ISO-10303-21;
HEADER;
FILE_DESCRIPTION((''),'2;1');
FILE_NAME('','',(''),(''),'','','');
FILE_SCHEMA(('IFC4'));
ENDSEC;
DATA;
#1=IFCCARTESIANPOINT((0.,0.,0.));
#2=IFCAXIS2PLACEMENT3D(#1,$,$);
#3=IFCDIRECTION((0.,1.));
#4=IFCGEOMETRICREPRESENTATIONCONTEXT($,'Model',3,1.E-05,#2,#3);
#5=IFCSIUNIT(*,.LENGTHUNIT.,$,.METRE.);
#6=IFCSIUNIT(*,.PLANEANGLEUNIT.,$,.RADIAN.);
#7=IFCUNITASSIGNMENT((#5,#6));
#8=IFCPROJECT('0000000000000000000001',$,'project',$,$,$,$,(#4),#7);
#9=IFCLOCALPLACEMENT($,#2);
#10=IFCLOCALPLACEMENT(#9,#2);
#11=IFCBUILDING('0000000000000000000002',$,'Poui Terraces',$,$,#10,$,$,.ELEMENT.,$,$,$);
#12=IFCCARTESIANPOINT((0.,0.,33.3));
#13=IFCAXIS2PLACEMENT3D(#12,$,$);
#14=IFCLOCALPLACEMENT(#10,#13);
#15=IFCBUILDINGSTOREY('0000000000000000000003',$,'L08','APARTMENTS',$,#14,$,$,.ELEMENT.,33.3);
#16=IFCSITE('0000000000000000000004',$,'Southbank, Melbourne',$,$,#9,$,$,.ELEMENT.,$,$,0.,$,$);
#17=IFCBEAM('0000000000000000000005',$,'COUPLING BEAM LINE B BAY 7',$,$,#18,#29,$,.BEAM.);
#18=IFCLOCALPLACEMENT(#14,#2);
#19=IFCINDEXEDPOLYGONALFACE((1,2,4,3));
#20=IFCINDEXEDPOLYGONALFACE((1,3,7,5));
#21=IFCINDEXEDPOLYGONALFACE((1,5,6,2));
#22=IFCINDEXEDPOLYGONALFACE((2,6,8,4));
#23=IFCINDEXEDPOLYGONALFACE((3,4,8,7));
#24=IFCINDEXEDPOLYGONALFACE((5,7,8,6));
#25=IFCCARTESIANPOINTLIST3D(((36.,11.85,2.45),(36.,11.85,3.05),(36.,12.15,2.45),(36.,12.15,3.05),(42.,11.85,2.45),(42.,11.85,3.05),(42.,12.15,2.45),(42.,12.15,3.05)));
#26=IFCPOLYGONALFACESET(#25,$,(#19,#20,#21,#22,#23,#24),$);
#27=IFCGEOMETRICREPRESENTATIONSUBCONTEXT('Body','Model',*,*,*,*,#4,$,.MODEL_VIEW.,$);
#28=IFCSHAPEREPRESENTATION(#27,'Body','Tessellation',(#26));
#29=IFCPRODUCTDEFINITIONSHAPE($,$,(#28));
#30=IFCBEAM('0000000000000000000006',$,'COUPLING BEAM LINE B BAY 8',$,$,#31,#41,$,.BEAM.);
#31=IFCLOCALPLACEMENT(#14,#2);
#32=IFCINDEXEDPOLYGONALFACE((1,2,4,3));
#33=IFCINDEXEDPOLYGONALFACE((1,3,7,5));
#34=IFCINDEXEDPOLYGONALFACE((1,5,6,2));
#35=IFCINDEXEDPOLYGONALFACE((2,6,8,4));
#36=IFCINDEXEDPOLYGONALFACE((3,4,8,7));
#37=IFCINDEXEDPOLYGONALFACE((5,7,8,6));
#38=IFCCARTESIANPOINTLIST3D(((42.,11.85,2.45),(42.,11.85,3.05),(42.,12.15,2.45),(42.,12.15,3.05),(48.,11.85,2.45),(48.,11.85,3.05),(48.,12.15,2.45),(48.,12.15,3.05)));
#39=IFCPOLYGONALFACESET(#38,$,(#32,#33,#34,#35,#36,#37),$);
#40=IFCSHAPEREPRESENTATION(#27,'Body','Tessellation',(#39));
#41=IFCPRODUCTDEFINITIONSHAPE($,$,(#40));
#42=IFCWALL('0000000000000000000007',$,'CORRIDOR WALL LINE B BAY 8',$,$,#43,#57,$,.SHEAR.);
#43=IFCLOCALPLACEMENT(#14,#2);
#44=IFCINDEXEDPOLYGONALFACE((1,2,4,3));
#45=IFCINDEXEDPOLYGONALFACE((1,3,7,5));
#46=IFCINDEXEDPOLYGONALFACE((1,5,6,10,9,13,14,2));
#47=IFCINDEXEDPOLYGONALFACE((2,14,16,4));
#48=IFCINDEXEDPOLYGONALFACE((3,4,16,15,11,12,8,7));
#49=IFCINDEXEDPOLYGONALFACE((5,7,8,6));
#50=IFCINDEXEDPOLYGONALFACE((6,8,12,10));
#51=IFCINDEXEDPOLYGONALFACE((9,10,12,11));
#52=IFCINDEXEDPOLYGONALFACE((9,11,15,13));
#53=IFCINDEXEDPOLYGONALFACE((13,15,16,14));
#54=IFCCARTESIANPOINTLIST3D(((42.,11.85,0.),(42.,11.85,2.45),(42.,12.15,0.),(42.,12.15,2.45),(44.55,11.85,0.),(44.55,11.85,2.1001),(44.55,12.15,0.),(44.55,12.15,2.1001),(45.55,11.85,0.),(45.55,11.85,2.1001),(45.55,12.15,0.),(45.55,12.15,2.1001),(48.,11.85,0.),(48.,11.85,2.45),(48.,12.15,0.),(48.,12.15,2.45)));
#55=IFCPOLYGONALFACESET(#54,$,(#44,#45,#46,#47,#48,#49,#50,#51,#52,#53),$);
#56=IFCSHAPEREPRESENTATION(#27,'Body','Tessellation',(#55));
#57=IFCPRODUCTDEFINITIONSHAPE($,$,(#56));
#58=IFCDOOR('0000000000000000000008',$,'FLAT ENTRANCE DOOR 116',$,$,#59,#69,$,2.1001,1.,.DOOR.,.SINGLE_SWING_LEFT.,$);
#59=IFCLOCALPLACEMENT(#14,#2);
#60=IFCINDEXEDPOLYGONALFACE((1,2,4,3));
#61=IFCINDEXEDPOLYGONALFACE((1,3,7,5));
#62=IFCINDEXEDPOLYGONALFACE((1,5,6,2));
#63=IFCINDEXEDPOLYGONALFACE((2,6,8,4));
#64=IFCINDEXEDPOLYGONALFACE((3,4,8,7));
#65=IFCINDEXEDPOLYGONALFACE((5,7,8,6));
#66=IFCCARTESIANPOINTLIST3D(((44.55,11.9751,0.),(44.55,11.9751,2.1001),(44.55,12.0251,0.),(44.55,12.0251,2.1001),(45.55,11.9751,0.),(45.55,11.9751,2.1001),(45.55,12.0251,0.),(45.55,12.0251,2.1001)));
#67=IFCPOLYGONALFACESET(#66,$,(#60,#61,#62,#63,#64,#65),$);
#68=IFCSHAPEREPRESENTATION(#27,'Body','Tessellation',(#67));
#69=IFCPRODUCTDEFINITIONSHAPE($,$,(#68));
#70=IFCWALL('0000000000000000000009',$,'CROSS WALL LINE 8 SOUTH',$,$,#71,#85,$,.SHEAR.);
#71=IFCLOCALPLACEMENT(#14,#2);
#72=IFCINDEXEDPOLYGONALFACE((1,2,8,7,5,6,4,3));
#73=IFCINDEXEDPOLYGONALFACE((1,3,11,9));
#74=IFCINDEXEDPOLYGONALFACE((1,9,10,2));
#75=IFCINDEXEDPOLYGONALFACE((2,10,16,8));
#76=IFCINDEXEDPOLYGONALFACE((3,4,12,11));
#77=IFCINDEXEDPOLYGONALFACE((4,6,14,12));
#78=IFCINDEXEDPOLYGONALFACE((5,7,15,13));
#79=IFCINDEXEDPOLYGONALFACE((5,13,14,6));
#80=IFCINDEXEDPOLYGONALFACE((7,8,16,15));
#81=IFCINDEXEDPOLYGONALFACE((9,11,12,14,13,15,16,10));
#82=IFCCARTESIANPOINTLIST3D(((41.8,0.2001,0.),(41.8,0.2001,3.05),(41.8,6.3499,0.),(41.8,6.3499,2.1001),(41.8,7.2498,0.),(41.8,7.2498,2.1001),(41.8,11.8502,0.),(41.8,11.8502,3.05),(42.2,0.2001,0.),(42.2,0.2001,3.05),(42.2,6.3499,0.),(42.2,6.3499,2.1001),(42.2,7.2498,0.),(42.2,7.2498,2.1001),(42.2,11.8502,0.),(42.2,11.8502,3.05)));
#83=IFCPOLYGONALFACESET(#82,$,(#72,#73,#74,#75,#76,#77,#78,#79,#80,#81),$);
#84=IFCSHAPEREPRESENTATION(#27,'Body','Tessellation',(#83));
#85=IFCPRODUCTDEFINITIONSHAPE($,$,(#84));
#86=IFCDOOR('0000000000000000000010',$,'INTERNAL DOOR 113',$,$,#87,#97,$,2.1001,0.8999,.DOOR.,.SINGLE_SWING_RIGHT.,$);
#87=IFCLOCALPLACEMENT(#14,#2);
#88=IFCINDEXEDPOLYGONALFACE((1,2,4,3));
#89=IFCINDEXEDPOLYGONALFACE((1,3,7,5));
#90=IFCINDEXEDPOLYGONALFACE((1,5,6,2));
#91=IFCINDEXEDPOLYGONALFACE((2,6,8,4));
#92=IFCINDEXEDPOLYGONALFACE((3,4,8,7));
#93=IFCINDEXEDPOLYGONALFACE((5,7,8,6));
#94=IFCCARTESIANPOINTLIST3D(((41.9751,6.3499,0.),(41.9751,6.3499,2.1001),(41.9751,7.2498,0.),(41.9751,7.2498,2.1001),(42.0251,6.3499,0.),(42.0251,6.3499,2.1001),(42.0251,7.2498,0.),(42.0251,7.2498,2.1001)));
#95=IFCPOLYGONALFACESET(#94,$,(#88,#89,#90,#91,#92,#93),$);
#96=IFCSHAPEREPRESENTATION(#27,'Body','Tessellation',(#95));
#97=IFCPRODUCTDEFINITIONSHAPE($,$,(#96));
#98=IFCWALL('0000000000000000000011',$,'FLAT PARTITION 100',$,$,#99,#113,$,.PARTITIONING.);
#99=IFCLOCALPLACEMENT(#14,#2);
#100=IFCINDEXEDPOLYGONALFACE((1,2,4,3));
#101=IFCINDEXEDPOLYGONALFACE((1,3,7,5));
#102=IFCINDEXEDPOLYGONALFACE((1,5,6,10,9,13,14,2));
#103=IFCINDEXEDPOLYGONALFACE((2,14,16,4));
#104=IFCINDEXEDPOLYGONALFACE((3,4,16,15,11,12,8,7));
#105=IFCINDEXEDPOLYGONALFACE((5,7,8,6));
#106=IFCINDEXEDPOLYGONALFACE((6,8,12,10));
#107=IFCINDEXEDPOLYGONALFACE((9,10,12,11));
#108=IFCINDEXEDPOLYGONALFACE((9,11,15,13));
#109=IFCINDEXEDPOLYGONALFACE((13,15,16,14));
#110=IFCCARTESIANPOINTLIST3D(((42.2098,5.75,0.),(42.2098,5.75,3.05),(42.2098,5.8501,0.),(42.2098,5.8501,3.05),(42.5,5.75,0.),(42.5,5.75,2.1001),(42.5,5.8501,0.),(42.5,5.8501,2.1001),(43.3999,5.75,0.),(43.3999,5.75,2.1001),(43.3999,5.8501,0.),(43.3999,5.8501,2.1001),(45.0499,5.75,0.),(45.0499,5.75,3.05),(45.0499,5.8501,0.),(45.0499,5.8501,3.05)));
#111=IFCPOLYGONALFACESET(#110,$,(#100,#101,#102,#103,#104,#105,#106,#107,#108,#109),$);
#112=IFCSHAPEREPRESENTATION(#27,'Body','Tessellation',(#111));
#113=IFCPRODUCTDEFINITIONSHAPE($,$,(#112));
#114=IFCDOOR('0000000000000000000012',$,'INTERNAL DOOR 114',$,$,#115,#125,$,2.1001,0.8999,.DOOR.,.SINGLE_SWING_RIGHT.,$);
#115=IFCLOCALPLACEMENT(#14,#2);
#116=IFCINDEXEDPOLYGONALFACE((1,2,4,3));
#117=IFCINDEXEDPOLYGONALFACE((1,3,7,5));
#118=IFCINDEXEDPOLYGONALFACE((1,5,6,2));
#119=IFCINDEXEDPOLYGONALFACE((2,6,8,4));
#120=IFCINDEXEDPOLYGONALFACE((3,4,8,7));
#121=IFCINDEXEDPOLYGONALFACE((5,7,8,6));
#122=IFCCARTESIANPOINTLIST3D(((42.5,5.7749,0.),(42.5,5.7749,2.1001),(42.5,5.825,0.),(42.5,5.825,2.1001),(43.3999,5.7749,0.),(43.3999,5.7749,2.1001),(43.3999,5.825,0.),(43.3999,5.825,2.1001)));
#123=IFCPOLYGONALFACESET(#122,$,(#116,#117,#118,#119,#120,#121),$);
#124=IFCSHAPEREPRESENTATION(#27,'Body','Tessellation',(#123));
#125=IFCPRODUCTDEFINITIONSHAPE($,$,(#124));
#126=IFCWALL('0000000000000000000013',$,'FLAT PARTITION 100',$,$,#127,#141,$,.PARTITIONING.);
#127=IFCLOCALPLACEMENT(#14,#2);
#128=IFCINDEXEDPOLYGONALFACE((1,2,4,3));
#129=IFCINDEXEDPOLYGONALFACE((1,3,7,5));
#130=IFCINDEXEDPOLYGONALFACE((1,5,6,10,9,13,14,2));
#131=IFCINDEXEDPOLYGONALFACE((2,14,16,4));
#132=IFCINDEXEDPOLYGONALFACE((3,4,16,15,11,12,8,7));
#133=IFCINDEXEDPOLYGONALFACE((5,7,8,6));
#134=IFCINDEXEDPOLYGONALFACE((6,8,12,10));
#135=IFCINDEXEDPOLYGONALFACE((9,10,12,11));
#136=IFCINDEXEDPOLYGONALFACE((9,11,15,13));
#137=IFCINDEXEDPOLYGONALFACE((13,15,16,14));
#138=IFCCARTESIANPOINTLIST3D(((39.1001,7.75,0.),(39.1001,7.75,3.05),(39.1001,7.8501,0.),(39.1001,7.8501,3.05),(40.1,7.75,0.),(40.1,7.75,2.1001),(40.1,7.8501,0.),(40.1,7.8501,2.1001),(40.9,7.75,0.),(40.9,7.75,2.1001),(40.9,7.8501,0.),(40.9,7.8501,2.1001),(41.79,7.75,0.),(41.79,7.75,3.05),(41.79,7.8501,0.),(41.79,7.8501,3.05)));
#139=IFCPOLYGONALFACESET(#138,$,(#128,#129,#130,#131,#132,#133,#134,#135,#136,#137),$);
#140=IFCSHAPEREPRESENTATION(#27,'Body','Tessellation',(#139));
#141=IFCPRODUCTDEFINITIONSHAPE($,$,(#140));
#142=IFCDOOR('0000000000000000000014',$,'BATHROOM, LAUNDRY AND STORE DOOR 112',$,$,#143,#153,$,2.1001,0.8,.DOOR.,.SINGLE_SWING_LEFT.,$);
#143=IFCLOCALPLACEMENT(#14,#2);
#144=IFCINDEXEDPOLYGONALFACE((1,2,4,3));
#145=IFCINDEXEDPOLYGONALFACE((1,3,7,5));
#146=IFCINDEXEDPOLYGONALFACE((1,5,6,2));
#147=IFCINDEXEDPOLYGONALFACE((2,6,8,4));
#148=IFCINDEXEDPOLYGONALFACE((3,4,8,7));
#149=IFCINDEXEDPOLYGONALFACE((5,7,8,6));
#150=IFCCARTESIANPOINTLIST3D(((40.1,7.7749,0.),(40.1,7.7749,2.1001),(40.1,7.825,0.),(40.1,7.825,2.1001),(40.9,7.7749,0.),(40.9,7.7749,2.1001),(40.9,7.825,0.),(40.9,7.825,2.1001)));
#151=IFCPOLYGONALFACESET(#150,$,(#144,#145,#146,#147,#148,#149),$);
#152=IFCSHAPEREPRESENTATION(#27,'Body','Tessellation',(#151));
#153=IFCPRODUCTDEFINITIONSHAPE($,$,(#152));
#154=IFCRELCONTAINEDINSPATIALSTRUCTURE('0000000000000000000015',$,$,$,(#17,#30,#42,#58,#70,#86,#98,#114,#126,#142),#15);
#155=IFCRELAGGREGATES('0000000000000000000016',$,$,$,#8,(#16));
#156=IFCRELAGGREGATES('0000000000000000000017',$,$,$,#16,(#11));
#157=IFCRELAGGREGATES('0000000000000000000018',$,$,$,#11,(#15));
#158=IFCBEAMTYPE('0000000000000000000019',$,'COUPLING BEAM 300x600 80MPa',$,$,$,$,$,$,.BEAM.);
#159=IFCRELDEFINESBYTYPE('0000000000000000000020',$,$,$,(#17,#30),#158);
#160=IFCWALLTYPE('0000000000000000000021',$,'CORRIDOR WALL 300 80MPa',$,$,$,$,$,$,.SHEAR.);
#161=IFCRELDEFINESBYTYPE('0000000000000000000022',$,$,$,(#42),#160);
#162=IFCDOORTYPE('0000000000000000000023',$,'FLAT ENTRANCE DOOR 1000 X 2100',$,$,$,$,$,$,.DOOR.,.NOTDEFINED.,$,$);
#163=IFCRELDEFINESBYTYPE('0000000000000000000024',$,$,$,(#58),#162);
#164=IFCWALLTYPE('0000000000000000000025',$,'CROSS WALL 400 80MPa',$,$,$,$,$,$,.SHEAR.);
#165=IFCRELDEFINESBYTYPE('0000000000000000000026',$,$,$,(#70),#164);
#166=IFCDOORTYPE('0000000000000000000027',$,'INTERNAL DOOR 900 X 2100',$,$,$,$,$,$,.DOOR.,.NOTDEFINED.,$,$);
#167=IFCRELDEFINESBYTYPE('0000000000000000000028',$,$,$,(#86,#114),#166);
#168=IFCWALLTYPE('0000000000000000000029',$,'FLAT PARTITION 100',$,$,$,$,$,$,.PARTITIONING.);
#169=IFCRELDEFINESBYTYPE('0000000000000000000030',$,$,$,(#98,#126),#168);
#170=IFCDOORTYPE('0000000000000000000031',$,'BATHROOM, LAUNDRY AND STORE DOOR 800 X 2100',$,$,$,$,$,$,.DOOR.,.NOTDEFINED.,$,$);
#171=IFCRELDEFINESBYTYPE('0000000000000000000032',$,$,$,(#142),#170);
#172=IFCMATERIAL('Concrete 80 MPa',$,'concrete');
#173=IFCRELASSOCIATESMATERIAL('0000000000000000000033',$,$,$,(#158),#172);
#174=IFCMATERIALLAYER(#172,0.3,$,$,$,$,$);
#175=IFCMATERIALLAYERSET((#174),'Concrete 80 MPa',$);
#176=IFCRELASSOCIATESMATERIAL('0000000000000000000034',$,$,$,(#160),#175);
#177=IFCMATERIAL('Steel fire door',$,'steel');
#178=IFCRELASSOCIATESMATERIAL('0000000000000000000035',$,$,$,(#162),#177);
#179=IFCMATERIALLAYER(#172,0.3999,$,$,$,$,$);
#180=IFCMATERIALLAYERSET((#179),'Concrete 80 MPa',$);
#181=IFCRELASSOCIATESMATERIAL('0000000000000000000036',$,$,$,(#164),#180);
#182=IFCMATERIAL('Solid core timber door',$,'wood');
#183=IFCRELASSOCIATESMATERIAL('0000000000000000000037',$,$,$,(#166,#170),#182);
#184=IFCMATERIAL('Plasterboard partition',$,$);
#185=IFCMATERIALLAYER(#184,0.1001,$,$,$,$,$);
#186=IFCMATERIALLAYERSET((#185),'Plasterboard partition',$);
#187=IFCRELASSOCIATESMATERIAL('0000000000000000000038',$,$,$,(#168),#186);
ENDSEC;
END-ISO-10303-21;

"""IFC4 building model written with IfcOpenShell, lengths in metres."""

from ifc_helpers import new_model, si_unit, direction, frame, frame_2d, origin, origin_2d, place, context, subcontext, project, spatial, rectangle, extrude, source, transform, mapped, material, layer, layer_set, material_profile, profile_set, type_object, element, fill, save


model = new_model("IFC4")

# Units and contexts
model_context = context("Model", 3, precision=1e-05, world=origin(), true_north=direction((0.0, 1.0)))
body_context = subcontext(model_context, "Body", "Model", "MODEL_VIEW")
ifc_project = project(units=[si_unit("LENGTHUNIT", "METRE"), si_unit("PLANEANGLEUNIT", "RADIAN")], contexts=[model_context])

# Site, building, storey
site_placement = place(None, origin())
site = spatial("IfcSite", under=ifc_project, at=site_placement, Name="Southbank, Melbourne", CompositionType="ELEMENT", RefElevation=0.0)
building_placement = place(site_placement, origin())
building = spatial("IfcBuilding", under=site, at=building_placement, Name="Poui Terraces", CompositionType="ELEMENT")
storey_placement = place(building_placement, frame((0.0, 0.0, 33.3)))
storey = spatial("IfcBuildingStorey", under=building, at=storey_placement, Name="L08", Description="APARTMENTS", CompositionType="ELEMENT", Elevation=33.3)

# Beams
ifc_material_1 = material(Name="Concrete 80 MPa", Category="concrete")
ifc_material_profile = material_profile(ifc_material_1, rectangle(XDim=0.3, YDim=0.6001, at=origin_2d()), Name="RC 300x600")
ifc_profile_set = profile_set([ifc_material_profile], Name="Concrete 80 MPa")
beam_type = type_object("IfcBeamType", Name="COUPLING BEAM 300x600 80MPa", PredefinedType="BEAM", material=ifc_profile_set)
shared_shape_1 = source(origin(), body_context, "Body", "SweptSolid", [
    extrude(rectangle(XDim=0.3, YDim=0.6001, at=origin_2d()), origin(), (0.0, 0.0, 1.0), 6.0),
])
for number, where, z_axis, x_axis, name in (
    (1, (36.0, 12.0, 2.75), (1.0, 0.0, 0.0), (0.0, 1.0, 0.0), "COUPLING BEAM LINE B BAY 7"),
    (2, (42.0, 12.0, 2.75), (1.0, 0.0, 0.0), (0.0, 1.0, 0.0), "COUPLING BEAM LINE B BAY 8"),
):
    element("IfcBeam", number, at=place(storey_placement, frame(where, z_axis=z_axis, x_axis=x_axis)), inside=storey, type_object=beam_type, Name=name, PredefinedType="BEAM", context=body_context, shape_type="MappedRepresentation", body=[
        mapped(shared_shape_1, transform((0.0, 0.0, 0.0))),
    ])

# Walls, openings, doors
ifc_layer_1 = layer(ifc_material_1, 0.3)
ifc_layer_set_1 = layer_set([ifc_layer_1], Name="Concrete 80 MPa")
wall_type_1 = type_object("IfcWallType", Name="CORRIDOR WALL 300 80MPa", PredefinedType="SHEAR", material=ifc_layer_set_1)
wall_1_placement = place(storey_placement, frame((42.0, 12.0, 0.0), z_axis=(0.0, 0.0, 1.0), x_axis=(1.0, 0.0, 0.0)))
wall_1 = element("IfcWall", 3, at=wall_1_placement, inside=storey, type_object=wall_type_1, Name="CORRIDOR WALL LINE B BAY 8", PredefinedType="SHEAR", context=body_context, shape_type="SweptSolid", body=[
    extrude(rectangle(XDim=6.0, YDim=0.3, at=frame_2d((3.0, 0.0))), origin(), (0.0, 0.0, 1.0), 2.45),
])
opening_1_placement = place(wall_1_placement, frame((2.55, 0.0, 0.0)))
opening_1 = element("IfcOpeningElement", 4, at=opening_1_placement, cuts=wall_1, PredefinedType="OPENING", context=body_context, shape_type="SweptSolid", body=[
    extrude(rectangle(XDim=1.0, YDim=2.1001, at=frame_2d((0.5, 1.05))), frame((0.0, 0.1602, 0.0), z_axis=(0.0, -1.0, 0.0), x_axis=(1.0, 0.0, 0.0)), (0.0, 0.0, 1.0), 0.3201),
])
ifc_material_2 = material(Name="Steel fire door", Category="steel")
door_type_1 = type_object("IfcDoorType", Name="FLAT ENTRANCE DOOR 1000 X 2100", OperationType="NOTDEFINED", PredefinedType="DOOR", material=ifc_material_2)
door_1_placement = place(opening_1_placement, frame((1.0, 0.0, 0.0), z_axis=(0.0, 0.0, 1.0), x_axis=(-1.0, 0.0, 0.0)))
door_1 = element("IfcDoor", 5, at=door_1_placement, inside=storey, type_object=door_type_1, Name="FLAT ENTRANCE DOOR 116", OperationType="SINGLE_SWING_LEFT", OverallHeight=2.1001, OverallWidth=1.0, PredefinedType="DOOR", context=body_context, shape_type="SweptSolid", body=[
    extrude(rectangle(XDim=1.0, YDim=2.1001, at=frame_2d((0.5, 1.05))), frame((0.0, 0.0249, 0.0), z_axis=(0.0, -1.0, 0.0), x_axis=(1.0, 0.0, 0.0)), (0.0, 0.0, 1.0), 0.05),
])
fill(opening_1, door_1)
ifc_layer_2 = layer(ifc_material_1, 0.3999)
ifc_layer_set_2 = layer_set([ifc_layer_2], Name="Concrete 80 MPa")
wall_type_2 = type_object("IfcWallType", Name="CROSS WALL 400 80MPa", PredefinedType="SHEAR", material=ifc_layer_set_2)
wall_2_placement = place(storey_placement, frame((42.0, 0.2, 0.0), z_axis=(0.0, 0.0, 1.0), x_axis=(0.0, 1.0, 0.0)))
wall_2 = element("IfcWall", 6, at=wall_2_placement, inside=storey, type_object=wall_type_2, Name="CROSS WALL LINE 8 SOUTH", PredefinedType="SHEAR", context=body_context, shape_type="SweptSolid", body=[
    extrude(rectangle(XDim=11.6501, YDim=0.3999, at=frame_2d((5.8252, 0.0))), origin(), (0.0, 0.0, 1.0), 3.05),
])
opening_2_placement = place(wall_2_placement, frame((6.1499, 0.0, 0.0)))
opening_2 = element("IfcOpeningElement", 7, at=opening_2_placement, cuts=wall_2, PredefinedType="OPENING", context=body_context, shape_type="SweptSolid", body=[
    extrude(rectangle(XDim=0.8999, YDim=2.1001, at=frame_2d((0.45, 1.05))), frame((0.0, 0.21, 0.0), z_axis=(0.0, -1.0, 0.0), x_axis=(1.0, 0.0, 0.0)), (0.0, 0.0, 1.0), 0.4199),
])
ifc_material_3 = material(Name="Solid core timber door", Category="wood")
door_type_2 = type_object("IfcDoorType", Name="INTERNAL DOOR 900 X 2100", OperationType="NOTDEFINED", PredefinedType="DOOR", material=ifc_material_3)
door_2_placement = place(opening_2_placement, origin())
door_2 = element("IfcDoor", 8, at=door_2_placement, inside=storey, type_object=door_type_2, Name="INTERNAL DOOR 113", OperationType="SINGLE_SWING_RIGHT", OverallHeight=2.1001, OverallWidth=0.8999, PredefinedType="DOOR", context=body_context, shape_type="SweptSolid", body=[
    extrude(rectangle(XDim=0.8999, YDim=2.1001, at=frame_2d((0.45, 1.05))), frame((0.0, 0.0249, 0.0), z_axis=(0.0, -1.0, 0.0), x_axis=(1.0, 0.0, 0.0)), (0.0, 0.0, 1.0), 0.05),
])
fill(opening_2, door_2)
ifc_material_4 = material(Name="Plasterboard partition")
ifc_layer_3 = layer(ifc_material_4, 0.1001)
ifc_layer_set_3 = layer_set([ifc_layer_3], Name="Plasterboard partition")
wall_type_3 = type_object("IfcWallType", Name="FLAT PARTITION 100", PredefinedType="PARTITIONING", material=ifc_layer_set_3)
wall_3_placement = place(storey_placement, frame((42.21, 5.8, 0.0), z_axis=(0.0, 0.0, 1.0), x_axis=(1.0, 0.0, 0.0)))
wall_3 = element("IfcWall", 9, at=wall_3_placement, inside=storey, type_object=wall_type_3, Name="FLAT PARTITION 100", PredefinedType="PARTITIONING", context=body_context, shape_type="SweptSolid", body=[
    extrude(rectangle(XDim=2.8401, YDim=0.1001, at=frame_2d((1.4199, 0.0))), origin(), (0.0, 0.0, 1.0), 3.05),
])
opening_3_placement = place(wall_3_placement, frame((0.29, 0.0, 0.0)))
opening_3 = element("IfcOpeningElement", 10, at=opening_3_placement, cuts=wall_3, PredefinedType="OPENING", context=body_context, shape_type="SweptSolid", body=[
    extrude(rectangle(XDim=0.8999, YDim=2.1001, at=frame_2d((0.45, 1.05))), frame((0.0, 0.0601, 0.0), z_axis=(0.0, -1.0, 0.0), x_axis=(1.0, 0.0, 0.0)), (0.0, 0.0, 1.0), 0.1201),
])
door_3_placement = place(opening_3_placement, origin())
door_3 = element("IfcDoor", 11, at=door_3_placement, inside=storey, type_object=door_type_2, Name="INTERNAL DOOR 114", OperationType="SINGLE_SWING_RIGHT", OverallHeight=2.1001, OverallWidth=0.8999, PredefinedType="DOOR", context=body_context, shape_type="SweptSolid", body=[
    extrude(rectangle(XDim=0.8999, YDim=2.1001, at=frame_2d((0.45, 1.05))), frame((0.0, 0.0249, 0.0), z_axis=(0.0, -1.0, 0.0), x_axis=(1.0, 0.0, 0.0)), (0.0, 0.0, 1.0), 0.05),
])
fill(opening_3, door_3)
wall_4_placement = place(storey_placement, frame((39.1001, 7.8, 0.0), z_axis=(0.0, 0.0, 1.0), x_axis=(1.0, 0.0, 0.0)))
wall_4 = element("IfcWall", 12, at=wall_4_placement, inside=storey, type_object=wall_type_3, Name="FLAT PARTITION 100", PredefinedType="PARTITIONING", context=body_context, shape_type="SweptSolid", body=[
    extrude(rectangle(XDim=2.6899, YDim=0.1001, at=frame_2d((1.345, 0.0))), origin(), (0.0, 0.0, 1.0), 3.05),
])
opening_4_placement = place(wall_4_placement, frame((1.0, 0.0, 0.0)))
opening_4 = element("IfcOpeningElement", 13, at=opening_4_placement, cuts=wall_4, PredefinedType="OPENING", context=body_context, shape_type="SweptSolid", body=[
    extrude(rectangle(XDim=0.8, YDim=2.1001, at=frame_2d((0.3999, 1.05))), frame((0.0, 0.0601, 0.0), z_axis=(0.0, -1.0, 0.0), x_axis=(1.0, 0.0, 0.0)), (0.0, 0.0, 1.0), 0.1201),
])
door_type_3 = type_object("IfcDoorType", Name="BATHROOM, LAUNDRY AND STORE DOOR 800 X 2100", OperationType="NOTDEFINED", PredefinedType="DOOR", material=ifc_material_3)
door_4_placement = place(opening_4_placement, origin())
door_4 = element("IfcDoor", 14, at=door_4_placement, inside=storey, type_object=door_type_3, Name="BATHROOM, LAUNDRY AND STORE DOOR 112", OperationType="SINGLE_SWING_LEFT", OverallHeight=2.1001, OverallWidth=0.8, PredefinedType="DOOR", context=body_context, shape_type="SweptSolid", body=[
    extrude(rectangle(XDim=0.8, YDim=2.1001, at=frame_2d((0.3999, 1.05))), frame((0.0, 0.0249, 0.0), z_axis=(0.0, -1.0, 0.0), x_axis=(1.0, 0.0, 0.0)), (0.0, 0.0, 1.0), 0.05),
])
fill(opening_4, door_4)

save(model, "model.ifc")
